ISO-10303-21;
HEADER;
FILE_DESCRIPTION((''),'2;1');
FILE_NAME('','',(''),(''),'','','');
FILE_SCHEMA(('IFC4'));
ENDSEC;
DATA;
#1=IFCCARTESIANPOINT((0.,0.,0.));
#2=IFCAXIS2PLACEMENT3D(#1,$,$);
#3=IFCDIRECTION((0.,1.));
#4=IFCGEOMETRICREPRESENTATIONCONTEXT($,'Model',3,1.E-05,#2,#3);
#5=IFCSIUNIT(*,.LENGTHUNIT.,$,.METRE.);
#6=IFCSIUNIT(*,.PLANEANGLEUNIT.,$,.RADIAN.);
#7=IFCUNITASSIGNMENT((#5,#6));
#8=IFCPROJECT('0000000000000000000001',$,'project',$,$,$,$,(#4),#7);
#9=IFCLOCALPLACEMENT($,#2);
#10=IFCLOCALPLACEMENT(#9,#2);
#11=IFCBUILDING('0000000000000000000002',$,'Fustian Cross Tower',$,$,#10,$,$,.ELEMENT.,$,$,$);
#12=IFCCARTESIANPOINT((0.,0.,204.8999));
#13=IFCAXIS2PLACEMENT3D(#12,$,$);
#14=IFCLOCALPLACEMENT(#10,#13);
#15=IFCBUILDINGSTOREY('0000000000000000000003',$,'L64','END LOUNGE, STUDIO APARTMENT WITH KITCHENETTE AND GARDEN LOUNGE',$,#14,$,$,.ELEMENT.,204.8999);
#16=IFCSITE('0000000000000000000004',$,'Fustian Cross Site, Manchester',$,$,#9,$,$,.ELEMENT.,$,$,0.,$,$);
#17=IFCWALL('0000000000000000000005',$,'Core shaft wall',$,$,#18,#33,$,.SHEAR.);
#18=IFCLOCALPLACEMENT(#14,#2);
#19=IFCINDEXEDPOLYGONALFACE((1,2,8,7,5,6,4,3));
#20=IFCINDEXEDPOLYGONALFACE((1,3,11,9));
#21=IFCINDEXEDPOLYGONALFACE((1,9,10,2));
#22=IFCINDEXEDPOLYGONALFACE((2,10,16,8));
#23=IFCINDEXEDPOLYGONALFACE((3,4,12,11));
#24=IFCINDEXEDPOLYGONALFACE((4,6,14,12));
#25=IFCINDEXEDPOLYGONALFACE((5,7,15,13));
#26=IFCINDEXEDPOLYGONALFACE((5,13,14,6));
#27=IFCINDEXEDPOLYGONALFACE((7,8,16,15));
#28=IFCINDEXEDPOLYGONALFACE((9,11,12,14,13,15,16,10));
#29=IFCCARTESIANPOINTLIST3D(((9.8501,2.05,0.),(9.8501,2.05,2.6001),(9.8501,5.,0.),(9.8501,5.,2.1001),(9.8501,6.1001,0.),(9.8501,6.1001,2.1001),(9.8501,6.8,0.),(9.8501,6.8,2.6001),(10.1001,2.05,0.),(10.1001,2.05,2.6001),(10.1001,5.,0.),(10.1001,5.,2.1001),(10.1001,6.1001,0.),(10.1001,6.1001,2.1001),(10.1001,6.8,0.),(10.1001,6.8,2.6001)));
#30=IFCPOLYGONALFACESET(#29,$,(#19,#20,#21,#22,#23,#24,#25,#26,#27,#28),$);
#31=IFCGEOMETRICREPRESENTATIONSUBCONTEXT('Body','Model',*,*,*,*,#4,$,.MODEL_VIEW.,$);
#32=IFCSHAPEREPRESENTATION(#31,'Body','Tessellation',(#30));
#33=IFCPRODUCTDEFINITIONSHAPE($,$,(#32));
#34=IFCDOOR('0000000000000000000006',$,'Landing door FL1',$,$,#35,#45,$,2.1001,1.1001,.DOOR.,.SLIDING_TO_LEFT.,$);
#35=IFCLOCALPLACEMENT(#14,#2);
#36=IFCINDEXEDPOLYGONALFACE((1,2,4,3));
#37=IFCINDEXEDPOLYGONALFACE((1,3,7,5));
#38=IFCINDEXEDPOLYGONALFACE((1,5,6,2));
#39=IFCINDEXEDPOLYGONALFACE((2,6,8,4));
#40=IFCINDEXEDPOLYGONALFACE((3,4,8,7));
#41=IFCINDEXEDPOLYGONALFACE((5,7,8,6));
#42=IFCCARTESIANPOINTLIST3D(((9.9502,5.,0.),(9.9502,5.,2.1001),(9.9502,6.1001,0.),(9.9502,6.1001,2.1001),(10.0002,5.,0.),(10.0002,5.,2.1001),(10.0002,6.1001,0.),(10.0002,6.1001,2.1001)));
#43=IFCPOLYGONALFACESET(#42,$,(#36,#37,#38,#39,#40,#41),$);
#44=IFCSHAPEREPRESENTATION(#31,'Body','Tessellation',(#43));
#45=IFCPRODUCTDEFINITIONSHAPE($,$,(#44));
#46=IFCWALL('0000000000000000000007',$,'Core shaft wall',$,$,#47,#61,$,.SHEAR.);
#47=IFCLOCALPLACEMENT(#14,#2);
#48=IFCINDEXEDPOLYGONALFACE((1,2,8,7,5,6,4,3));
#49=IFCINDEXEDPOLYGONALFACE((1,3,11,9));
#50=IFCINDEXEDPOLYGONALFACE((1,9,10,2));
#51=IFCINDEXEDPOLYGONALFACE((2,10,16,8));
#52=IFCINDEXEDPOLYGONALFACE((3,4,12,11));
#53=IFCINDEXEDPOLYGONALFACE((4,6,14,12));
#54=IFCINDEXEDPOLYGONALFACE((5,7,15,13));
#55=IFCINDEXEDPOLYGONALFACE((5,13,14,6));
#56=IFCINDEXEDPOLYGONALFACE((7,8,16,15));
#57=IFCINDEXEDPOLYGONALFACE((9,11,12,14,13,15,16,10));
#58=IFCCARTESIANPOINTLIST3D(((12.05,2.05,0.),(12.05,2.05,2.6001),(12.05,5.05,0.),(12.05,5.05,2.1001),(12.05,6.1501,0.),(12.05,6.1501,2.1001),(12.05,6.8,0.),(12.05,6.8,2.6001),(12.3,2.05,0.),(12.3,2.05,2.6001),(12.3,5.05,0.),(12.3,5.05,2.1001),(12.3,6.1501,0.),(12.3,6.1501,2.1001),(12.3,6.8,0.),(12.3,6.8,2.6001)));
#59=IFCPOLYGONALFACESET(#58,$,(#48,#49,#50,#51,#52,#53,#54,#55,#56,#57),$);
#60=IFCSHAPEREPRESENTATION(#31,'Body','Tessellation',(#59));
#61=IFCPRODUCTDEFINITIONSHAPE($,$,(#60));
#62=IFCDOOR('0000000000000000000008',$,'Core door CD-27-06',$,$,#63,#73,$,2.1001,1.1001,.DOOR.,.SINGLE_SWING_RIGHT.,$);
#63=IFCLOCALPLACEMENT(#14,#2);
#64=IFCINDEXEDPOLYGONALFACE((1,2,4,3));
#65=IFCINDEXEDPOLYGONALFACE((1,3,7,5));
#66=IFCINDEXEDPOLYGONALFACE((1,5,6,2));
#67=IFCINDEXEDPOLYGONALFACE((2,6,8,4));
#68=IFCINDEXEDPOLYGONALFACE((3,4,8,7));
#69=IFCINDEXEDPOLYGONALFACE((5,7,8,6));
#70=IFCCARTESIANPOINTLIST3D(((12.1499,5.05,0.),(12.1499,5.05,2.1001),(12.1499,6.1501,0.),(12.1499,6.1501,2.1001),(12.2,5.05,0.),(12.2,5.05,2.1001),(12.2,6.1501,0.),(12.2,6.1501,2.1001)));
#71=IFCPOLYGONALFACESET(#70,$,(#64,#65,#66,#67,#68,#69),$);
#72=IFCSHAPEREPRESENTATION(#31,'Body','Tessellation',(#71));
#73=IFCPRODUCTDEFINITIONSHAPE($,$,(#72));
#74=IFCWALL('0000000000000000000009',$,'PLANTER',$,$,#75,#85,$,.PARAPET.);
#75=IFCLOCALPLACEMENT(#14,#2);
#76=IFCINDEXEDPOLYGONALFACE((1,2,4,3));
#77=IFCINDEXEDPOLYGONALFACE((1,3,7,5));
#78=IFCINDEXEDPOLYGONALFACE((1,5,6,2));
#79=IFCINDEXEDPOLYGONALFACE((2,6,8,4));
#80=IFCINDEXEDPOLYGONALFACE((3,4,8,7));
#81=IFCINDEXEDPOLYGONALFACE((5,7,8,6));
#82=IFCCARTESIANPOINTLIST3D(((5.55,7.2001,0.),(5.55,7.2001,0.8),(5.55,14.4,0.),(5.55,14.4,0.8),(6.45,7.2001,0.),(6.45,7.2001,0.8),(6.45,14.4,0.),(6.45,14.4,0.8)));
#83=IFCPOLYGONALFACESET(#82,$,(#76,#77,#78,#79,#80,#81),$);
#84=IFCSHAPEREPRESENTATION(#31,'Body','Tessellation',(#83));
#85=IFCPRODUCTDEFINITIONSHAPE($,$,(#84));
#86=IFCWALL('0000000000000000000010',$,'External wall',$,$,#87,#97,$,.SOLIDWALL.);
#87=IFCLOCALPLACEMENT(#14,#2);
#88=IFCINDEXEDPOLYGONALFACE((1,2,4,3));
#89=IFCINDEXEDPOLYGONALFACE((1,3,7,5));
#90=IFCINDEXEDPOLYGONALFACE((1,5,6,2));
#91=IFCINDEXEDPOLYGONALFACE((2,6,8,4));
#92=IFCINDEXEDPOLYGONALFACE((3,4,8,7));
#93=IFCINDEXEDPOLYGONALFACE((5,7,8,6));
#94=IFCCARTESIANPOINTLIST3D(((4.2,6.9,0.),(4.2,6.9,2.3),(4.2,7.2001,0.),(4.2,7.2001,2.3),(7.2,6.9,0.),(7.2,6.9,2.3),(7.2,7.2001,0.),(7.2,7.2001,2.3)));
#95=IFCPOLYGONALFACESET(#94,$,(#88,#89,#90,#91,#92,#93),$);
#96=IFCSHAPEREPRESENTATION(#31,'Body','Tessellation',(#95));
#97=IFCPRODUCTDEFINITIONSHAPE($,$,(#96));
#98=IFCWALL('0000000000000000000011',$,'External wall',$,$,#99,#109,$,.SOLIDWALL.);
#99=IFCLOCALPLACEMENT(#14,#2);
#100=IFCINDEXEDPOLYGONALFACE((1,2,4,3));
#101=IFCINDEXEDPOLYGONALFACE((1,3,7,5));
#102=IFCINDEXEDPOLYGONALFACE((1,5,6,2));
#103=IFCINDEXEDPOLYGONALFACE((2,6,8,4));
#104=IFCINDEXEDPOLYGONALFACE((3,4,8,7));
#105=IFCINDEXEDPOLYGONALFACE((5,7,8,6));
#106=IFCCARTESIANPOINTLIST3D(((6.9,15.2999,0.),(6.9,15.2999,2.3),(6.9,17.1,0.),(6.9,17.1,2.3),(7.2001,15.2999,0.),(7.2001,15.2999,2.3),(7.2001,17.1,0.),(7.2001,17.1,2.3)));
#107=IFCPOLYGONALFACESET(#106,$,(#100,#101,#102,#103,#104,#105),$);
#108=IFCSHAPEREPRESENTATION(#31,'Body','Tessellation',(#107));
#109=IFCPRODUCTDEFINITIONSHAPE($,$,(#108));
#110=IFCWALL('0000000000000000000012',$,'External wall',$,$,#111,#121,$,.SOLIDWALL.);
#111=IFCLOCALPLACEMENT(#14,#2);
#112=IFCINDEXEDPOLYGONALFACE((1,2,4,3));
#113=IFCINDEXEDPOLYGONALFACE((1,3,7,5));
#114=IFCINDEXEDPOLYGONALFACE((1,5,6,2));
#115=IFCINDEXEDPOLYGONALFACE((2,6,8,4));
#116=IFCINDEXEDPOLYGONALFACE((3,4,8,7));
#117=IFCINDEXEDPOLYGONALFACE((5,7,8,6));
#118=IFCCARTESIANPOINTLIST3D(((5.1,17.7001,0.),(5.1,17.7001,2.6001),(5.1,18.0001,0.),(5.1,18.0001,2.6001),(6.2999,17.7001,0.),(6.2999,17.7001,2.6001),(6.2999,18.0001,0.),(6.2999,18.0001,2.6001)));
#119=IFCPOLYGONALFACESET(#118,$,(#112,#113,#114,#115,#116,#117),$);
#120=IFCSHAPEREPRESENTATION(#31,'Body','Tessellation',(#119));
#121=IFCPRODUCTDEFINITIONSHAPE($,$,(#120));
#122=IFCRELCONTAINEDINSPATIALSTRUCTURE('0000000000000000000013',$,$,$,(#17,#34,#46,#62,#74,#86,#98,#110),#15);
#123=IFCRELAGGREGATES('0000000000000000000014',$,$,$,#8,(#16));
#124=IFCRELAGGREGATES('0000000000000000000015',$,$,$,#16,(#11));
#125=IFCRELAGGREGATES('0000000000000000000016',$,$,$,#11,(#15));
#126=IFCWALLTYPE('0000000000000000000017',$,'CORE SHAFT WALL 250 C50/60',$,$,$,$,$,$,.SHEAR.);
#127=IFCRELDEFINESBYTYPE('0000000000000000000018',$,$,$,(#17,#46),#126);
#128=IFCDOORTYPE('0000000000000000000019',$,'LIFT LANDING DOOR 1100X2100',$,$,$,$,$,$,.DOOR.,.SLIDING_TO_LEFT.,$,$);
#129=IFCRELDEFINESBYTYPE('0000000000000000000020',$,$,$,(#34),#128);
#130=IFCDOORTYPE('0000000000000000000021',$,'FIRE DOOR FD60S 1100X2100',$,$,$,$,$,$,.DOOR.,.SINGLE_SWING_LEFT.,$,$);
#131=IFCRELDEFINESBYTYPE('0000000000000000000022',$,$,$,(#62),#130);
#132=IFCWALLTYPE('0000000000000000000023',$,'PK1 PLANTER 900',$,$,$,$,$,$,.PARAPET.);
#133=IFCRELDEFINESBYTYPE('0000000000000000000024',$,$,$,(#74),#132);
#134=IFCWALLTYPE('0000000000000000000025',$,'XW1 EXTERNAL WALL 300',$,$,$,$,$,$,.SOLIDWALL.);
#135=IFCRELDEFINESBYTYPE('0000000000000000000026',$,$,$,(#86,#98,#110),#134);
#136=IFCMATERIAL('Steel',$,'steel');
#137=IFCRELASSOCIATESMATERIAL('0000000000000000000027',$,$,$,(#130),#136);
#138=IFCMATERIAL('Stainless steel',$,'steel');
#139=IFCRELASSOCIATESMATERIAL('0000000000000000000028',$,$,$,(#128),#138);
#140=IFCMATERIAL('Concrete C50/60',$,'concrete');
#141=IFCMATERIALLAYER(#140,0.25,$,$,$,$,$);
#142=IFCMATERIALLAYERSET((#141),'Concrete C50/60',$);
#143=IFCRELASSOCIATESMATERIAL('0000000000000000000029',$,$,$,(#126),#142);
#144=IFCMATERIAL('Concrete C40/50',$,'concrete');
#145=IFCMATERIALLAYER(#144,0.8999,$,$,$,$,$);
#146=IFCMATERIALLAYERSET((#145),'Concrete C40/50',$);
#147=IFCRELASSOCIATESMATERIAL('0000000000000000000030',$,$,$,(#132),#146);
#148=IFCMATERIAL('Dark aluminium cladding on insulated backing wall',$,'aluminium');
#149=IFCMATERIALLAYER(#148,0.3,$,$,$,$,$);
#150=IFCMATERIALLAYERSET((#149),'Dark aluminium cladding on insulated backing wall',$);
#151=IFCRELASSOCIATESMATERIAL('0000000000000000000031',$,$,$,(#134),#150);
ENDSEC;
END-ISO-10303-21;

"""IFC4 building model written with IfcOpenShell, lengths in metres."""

from ifc_helpers import new_model, si_unit, direction, frame, frame_2d, origin, place, context, subcontext, project, spatial, rectangle, extrude, material, layer, layer_set, type_object, element, fill, save


model = new_model("IFC4")

# Units and contexts
model_context = context("Model", 3, precision=1e-05, world=origin(), true_north=direction((0.0, 1.0)))
body_context = subcontext(model_context, "Body", "Model", "MODEL_VIEW")
ifc_project = project(units=[si_unit("LENGTHUNIT", "METRE"), si_unit("PLANEANGLEUNIT", "RADIAN")], contexts=[model_context])

# Site, building, storey
site_placement = place(None, origin())
site = spatial("IfcSite", under=ifc_project, at=site_placement, Name="Fustian Cross Site, Manchester", CompositionType="ELEMENT", RefElevation=0.0)
building_placement = place(site_placement, origin())
building = spatial("IfcBuilding", under=site, at=building_placement, Name="Fustian Cross Tower", CompositionType="ELEMENT")
storey_placement = place(building_placement, frame((0.0, 0.0, 204.8999)))
storey = spatial("IfcBuildingStorey", under=building, at=storey_placement, Name="L64", Description="END LOUNGE, STUDIO APARTMENT WITH KITCHENETTE AND GARDEN LOUNGE", CompositionType="ELEMENT", Elevation=204.8999)

# Shared definitions
ifc_material_1 = material(Name="Steel", Category="steel")
door_type_1 = type_object("IfcDoorType", Name="FIRE DOOR FD60S 1100X2100", OperationType="SINGLE_SWING_LEFT", PredefinedType="DOOR", material=ifc_material_1)
ifc_material_2 = material(Name="Stainless steel", Category="steel")
door_type_2 = type_object("IfcDoorType", Name="LIFT LANDING DOOR 1100X2100", OperationType="SLIDING_TO_LEFT", PredefinedType="DOOR", material=ifc_material_2)

# Shared definitions
ifc_material_3 = material(Name="Concrete C50/60", Category="concrete")
ifc_layer_1 = layer(ifc_material_3, 0.25)
ifc_layer_set_1 = layer_set([ifc_layer_1], Name="Concrete C50/60")
wall_type_1 = type_object("IfcWallType", Name="CORE SHAFT WALL 250 C50/60", PredefinedType="SHEAR", material=ifc_layer_set_1)

# Walls, openings, doors
wall_1_placement = place(storey_placement, frame((9.9751, 2.05, 0.0), z_axis=(0.0, 0.0, 1.0), x_axis=(0.0, 1.0, 0.0)))
wall_1 = element("IfcWall", 1, at=wall_1_placement, inside=storey, type_object=wall_type_1, Name="Core shaft wall", PredefinedType="SHEAR", context=body_context, shape_type="SweptSolid", body=[
    extrude(rectangle(XDim=4.75, YDim=0.25, at=frame_2d((2.375, 0.0))), origin(), (0.0, 0.0, 1.0), 2.6001),
])
opening_1_placement = place(wall_1_placement, frame((2.95, 0.0, 0.0)))
opening_1 = element("IfcOpeningElement", 2, at=opening_1_placement, cuts=wall_1, PredefinedType="OPENING", context=body_context, shape_type="SweptSolid", body=[
    extrude(rectangle(XDim=1.1001, YDim=2.1001, at=frame_2d((0.55, 1.05))), frame((0.0, 0.135, 0.0), z_axis=(0.0, -1.0, 0.0), x_axis=(1.0, 0.0, 0.0)), (0.0, 0.0, 1.0), 0.27),
])
door_1_placement = place(opening_1_placement, origin())
door_1 = element("IfcDoor", 3, at=door_1_placement, inside=storey, type_object=door_type_2, Name="Landing door FL1", OperationType="SLIDING_TO_LEFT", OverallHeight=2.1001, OverallWidth=1.1001, PredefinedType="DOOR", context=body_context, shape_type="SweptSolid", body=[
    extrude(rectangle(XDim=1.1001, YDim=2.1001, at=frame_2d((0.55, 1.05))), frame((0.0, 0.0249, 0.0), z_axis=(0.0, -1.0, 0.0), x_axis=(1.0, 0.0, 0.0)), (0.0, 0.0, 1.0), 0.05),
])
fill(opening_1, door_1)
wall_2_placement = place(storey_placement, frame((12.175, 2.05, 0.0), z_axis=(0.0, 0.0, 1.0), x_axis=(0.0, 1.0, 0.0)))
wall_2 = element("IfcWall", 4, at=wall_2_placement, inside=storey, type_object=wall_type_1, Name="Core shaft wall", PredefinedType="SHEAR", context=body_context, shape_type="SweptSolid", body=[
    extrude(rectangle(XDim=4.75, YDim=0.25, at=frame_2d((2.375, 0.0))), origin(), (0.0, 0.0, 1.0), 2.6001),
])
opening_2_placement = place(wall_2_placement, frame((3.0, 0.0, 0.0)))
opening_2 = element("IfcOpeningElement", 5, at=opening_2_placement, cuts=wall_2, PredefinedType="OPENING", context=body_context, shape_type="SweptSolid", body=[
    extrude(rectangle(XDim=1.1001, YDim=2.1001, at=frame_2d((0.55, 1.05))), frame((0.0, 0.135, 0.0), z_axis=(0.0, -1.0, 0.0), x_axis=(1.0, 0.0, 0.0)), (0.0, 0.0, 1.0), 0.27),
])
door_2_placement = place(opening_2_placement, frame((1.1001, 0.0, 0.0), z_axis=(0.0, 0.0, 1.0), x_axis=(-1.0, 0.0, 0.0)))
door_2 = element("IfcDoor", 6, at=door_2_placement, inside=storey, type_object=door_type_1, Name="Core door CD-27-06", OperationType="SINGLE_SWING_RIGHT", OverallHeight=2.1001, OverallWidth=1.1001, PredefinedType="DOOR", context=body_context, shape_type="SweptSolid", body=[
    extrude(rectangle(XDim=1.1001, YDim=2.1001, at=frame_2d((0.55, 1.05))), frame((0.0, 0.0249, 0.0), z_axis=(0.0, -1.0, 0.0), x_axis=(1.0, 0.0, 0.0)), (0.0, 0.0, 1.0), 0.05),
])
fill(opening_2, door_2)

# Walls
ifc_material_4 = material(Name="Concrete C40/50", Category="concrete")
ifc_layer_2 = layer(ifc_material_4, 0.8999)
ifc_layer_set_2 = layer_set([ifc_layer_2], Name="Concrete C40/50")
wall_type_2 = type_object("IfcWallType", Name="PK1 PLANTER 900", PredefinedType="PARAPET", material=ifc_layer_set_2)
wall_3_placement = place(storey_placement, frame((6.0, 7.2, 0.0), z_axis=(0.0, 0.0, 1.0), x_axis=(0.0, 1.0, 0.0)))
element("IfcWall", 7, at=wall_3_placement, inside=storey, type_object=wall_type_2, Name="PLANTER", PredefinedType="PARAPET", context=body_context, shape_type="SweptSolid", body=[
    extrude(rectangle(XDim=7.2, YDim=0.8999, at=frame_2d((3.6001, 0.0))), origin(), (0.0, 0.0, 1.0), 0.8),
])
ifc_material_5 = material(Name="Dark aluminium cladding on insulated backing wall", Category="aluminium")
ifc_layer_3 = layer(ifc_material_5, 0.3)
ifc_layer_set_3 = layer_set([ifc_layer_3], Name="Dark aluminium cladding on insulated backing wall")
wall_type_3 = type_object("IfcWallType", Name="XW1 EXTERNAL WALL 300", PredefinedType="SOLIDWALL", material=ifc_layer_set_3)
wall_4_placement = place(storey_placement, frame((7.2, 7.05, 0.0), z_axis=(0.0, 0.0, 1.0), x_axis=(-1.0, 0.0, 0.0)))
element("IfcWall", 8, at=wall_4_placement, inside=storey, type_object=wall_type_3, Name="External wall", PredefinedType="SOLIDWALL", context=body_context, shape_type="SweptSolid", body=[
    extrude(rectangle(XDim=3.0, YDim=0.3, at=frame_2d((1.5, 0.0))), origin(), (0.0, 0.0, 1.0), 2.3),
])
wall_5_placement = place(storey_placement, frame((7.05, 15.3, 0.0), z_axis=(0.0, 0.0, 1.0), x_axis=(0.0, 1.0, 0.0)))
element("IfcWall", 9, at=wall_5_placement, inside=storey, type_object=wall_type_3, Name="External wall", PredefinedType="SOLIDWALL", context=body_context, shape_type="SweptSolid", body=[
    extrude(rectangle(XDim=1.8, YDim=0.3, at=frame_2d((0.8999, 0.0))), origin(), (0.0, 0.0, 1.0), 2.3),
])
wall_6_placement = place(storey_placement, frame((6.3, 17.8501, 0.0), z_axis=(0.0, 0.0, 1.0), x_axis=(-1.0, 0.0, 0.0)))
element("IfcWall", 10, at=wall_6_placement, inside=storey, type_object=wall_type_3, Name="External wall", PredefinedType="SOLIDWALL", context=body_context, shape_type="SweptSolid", body=[
    extrude(rectangle(XDim=1.2, YDim=0.3, at=frame_2d((0.6001, 0.0))), origin(), (0.0, 0.0, 1.0), 2.6001),
])

save(model, "model.ifc")
